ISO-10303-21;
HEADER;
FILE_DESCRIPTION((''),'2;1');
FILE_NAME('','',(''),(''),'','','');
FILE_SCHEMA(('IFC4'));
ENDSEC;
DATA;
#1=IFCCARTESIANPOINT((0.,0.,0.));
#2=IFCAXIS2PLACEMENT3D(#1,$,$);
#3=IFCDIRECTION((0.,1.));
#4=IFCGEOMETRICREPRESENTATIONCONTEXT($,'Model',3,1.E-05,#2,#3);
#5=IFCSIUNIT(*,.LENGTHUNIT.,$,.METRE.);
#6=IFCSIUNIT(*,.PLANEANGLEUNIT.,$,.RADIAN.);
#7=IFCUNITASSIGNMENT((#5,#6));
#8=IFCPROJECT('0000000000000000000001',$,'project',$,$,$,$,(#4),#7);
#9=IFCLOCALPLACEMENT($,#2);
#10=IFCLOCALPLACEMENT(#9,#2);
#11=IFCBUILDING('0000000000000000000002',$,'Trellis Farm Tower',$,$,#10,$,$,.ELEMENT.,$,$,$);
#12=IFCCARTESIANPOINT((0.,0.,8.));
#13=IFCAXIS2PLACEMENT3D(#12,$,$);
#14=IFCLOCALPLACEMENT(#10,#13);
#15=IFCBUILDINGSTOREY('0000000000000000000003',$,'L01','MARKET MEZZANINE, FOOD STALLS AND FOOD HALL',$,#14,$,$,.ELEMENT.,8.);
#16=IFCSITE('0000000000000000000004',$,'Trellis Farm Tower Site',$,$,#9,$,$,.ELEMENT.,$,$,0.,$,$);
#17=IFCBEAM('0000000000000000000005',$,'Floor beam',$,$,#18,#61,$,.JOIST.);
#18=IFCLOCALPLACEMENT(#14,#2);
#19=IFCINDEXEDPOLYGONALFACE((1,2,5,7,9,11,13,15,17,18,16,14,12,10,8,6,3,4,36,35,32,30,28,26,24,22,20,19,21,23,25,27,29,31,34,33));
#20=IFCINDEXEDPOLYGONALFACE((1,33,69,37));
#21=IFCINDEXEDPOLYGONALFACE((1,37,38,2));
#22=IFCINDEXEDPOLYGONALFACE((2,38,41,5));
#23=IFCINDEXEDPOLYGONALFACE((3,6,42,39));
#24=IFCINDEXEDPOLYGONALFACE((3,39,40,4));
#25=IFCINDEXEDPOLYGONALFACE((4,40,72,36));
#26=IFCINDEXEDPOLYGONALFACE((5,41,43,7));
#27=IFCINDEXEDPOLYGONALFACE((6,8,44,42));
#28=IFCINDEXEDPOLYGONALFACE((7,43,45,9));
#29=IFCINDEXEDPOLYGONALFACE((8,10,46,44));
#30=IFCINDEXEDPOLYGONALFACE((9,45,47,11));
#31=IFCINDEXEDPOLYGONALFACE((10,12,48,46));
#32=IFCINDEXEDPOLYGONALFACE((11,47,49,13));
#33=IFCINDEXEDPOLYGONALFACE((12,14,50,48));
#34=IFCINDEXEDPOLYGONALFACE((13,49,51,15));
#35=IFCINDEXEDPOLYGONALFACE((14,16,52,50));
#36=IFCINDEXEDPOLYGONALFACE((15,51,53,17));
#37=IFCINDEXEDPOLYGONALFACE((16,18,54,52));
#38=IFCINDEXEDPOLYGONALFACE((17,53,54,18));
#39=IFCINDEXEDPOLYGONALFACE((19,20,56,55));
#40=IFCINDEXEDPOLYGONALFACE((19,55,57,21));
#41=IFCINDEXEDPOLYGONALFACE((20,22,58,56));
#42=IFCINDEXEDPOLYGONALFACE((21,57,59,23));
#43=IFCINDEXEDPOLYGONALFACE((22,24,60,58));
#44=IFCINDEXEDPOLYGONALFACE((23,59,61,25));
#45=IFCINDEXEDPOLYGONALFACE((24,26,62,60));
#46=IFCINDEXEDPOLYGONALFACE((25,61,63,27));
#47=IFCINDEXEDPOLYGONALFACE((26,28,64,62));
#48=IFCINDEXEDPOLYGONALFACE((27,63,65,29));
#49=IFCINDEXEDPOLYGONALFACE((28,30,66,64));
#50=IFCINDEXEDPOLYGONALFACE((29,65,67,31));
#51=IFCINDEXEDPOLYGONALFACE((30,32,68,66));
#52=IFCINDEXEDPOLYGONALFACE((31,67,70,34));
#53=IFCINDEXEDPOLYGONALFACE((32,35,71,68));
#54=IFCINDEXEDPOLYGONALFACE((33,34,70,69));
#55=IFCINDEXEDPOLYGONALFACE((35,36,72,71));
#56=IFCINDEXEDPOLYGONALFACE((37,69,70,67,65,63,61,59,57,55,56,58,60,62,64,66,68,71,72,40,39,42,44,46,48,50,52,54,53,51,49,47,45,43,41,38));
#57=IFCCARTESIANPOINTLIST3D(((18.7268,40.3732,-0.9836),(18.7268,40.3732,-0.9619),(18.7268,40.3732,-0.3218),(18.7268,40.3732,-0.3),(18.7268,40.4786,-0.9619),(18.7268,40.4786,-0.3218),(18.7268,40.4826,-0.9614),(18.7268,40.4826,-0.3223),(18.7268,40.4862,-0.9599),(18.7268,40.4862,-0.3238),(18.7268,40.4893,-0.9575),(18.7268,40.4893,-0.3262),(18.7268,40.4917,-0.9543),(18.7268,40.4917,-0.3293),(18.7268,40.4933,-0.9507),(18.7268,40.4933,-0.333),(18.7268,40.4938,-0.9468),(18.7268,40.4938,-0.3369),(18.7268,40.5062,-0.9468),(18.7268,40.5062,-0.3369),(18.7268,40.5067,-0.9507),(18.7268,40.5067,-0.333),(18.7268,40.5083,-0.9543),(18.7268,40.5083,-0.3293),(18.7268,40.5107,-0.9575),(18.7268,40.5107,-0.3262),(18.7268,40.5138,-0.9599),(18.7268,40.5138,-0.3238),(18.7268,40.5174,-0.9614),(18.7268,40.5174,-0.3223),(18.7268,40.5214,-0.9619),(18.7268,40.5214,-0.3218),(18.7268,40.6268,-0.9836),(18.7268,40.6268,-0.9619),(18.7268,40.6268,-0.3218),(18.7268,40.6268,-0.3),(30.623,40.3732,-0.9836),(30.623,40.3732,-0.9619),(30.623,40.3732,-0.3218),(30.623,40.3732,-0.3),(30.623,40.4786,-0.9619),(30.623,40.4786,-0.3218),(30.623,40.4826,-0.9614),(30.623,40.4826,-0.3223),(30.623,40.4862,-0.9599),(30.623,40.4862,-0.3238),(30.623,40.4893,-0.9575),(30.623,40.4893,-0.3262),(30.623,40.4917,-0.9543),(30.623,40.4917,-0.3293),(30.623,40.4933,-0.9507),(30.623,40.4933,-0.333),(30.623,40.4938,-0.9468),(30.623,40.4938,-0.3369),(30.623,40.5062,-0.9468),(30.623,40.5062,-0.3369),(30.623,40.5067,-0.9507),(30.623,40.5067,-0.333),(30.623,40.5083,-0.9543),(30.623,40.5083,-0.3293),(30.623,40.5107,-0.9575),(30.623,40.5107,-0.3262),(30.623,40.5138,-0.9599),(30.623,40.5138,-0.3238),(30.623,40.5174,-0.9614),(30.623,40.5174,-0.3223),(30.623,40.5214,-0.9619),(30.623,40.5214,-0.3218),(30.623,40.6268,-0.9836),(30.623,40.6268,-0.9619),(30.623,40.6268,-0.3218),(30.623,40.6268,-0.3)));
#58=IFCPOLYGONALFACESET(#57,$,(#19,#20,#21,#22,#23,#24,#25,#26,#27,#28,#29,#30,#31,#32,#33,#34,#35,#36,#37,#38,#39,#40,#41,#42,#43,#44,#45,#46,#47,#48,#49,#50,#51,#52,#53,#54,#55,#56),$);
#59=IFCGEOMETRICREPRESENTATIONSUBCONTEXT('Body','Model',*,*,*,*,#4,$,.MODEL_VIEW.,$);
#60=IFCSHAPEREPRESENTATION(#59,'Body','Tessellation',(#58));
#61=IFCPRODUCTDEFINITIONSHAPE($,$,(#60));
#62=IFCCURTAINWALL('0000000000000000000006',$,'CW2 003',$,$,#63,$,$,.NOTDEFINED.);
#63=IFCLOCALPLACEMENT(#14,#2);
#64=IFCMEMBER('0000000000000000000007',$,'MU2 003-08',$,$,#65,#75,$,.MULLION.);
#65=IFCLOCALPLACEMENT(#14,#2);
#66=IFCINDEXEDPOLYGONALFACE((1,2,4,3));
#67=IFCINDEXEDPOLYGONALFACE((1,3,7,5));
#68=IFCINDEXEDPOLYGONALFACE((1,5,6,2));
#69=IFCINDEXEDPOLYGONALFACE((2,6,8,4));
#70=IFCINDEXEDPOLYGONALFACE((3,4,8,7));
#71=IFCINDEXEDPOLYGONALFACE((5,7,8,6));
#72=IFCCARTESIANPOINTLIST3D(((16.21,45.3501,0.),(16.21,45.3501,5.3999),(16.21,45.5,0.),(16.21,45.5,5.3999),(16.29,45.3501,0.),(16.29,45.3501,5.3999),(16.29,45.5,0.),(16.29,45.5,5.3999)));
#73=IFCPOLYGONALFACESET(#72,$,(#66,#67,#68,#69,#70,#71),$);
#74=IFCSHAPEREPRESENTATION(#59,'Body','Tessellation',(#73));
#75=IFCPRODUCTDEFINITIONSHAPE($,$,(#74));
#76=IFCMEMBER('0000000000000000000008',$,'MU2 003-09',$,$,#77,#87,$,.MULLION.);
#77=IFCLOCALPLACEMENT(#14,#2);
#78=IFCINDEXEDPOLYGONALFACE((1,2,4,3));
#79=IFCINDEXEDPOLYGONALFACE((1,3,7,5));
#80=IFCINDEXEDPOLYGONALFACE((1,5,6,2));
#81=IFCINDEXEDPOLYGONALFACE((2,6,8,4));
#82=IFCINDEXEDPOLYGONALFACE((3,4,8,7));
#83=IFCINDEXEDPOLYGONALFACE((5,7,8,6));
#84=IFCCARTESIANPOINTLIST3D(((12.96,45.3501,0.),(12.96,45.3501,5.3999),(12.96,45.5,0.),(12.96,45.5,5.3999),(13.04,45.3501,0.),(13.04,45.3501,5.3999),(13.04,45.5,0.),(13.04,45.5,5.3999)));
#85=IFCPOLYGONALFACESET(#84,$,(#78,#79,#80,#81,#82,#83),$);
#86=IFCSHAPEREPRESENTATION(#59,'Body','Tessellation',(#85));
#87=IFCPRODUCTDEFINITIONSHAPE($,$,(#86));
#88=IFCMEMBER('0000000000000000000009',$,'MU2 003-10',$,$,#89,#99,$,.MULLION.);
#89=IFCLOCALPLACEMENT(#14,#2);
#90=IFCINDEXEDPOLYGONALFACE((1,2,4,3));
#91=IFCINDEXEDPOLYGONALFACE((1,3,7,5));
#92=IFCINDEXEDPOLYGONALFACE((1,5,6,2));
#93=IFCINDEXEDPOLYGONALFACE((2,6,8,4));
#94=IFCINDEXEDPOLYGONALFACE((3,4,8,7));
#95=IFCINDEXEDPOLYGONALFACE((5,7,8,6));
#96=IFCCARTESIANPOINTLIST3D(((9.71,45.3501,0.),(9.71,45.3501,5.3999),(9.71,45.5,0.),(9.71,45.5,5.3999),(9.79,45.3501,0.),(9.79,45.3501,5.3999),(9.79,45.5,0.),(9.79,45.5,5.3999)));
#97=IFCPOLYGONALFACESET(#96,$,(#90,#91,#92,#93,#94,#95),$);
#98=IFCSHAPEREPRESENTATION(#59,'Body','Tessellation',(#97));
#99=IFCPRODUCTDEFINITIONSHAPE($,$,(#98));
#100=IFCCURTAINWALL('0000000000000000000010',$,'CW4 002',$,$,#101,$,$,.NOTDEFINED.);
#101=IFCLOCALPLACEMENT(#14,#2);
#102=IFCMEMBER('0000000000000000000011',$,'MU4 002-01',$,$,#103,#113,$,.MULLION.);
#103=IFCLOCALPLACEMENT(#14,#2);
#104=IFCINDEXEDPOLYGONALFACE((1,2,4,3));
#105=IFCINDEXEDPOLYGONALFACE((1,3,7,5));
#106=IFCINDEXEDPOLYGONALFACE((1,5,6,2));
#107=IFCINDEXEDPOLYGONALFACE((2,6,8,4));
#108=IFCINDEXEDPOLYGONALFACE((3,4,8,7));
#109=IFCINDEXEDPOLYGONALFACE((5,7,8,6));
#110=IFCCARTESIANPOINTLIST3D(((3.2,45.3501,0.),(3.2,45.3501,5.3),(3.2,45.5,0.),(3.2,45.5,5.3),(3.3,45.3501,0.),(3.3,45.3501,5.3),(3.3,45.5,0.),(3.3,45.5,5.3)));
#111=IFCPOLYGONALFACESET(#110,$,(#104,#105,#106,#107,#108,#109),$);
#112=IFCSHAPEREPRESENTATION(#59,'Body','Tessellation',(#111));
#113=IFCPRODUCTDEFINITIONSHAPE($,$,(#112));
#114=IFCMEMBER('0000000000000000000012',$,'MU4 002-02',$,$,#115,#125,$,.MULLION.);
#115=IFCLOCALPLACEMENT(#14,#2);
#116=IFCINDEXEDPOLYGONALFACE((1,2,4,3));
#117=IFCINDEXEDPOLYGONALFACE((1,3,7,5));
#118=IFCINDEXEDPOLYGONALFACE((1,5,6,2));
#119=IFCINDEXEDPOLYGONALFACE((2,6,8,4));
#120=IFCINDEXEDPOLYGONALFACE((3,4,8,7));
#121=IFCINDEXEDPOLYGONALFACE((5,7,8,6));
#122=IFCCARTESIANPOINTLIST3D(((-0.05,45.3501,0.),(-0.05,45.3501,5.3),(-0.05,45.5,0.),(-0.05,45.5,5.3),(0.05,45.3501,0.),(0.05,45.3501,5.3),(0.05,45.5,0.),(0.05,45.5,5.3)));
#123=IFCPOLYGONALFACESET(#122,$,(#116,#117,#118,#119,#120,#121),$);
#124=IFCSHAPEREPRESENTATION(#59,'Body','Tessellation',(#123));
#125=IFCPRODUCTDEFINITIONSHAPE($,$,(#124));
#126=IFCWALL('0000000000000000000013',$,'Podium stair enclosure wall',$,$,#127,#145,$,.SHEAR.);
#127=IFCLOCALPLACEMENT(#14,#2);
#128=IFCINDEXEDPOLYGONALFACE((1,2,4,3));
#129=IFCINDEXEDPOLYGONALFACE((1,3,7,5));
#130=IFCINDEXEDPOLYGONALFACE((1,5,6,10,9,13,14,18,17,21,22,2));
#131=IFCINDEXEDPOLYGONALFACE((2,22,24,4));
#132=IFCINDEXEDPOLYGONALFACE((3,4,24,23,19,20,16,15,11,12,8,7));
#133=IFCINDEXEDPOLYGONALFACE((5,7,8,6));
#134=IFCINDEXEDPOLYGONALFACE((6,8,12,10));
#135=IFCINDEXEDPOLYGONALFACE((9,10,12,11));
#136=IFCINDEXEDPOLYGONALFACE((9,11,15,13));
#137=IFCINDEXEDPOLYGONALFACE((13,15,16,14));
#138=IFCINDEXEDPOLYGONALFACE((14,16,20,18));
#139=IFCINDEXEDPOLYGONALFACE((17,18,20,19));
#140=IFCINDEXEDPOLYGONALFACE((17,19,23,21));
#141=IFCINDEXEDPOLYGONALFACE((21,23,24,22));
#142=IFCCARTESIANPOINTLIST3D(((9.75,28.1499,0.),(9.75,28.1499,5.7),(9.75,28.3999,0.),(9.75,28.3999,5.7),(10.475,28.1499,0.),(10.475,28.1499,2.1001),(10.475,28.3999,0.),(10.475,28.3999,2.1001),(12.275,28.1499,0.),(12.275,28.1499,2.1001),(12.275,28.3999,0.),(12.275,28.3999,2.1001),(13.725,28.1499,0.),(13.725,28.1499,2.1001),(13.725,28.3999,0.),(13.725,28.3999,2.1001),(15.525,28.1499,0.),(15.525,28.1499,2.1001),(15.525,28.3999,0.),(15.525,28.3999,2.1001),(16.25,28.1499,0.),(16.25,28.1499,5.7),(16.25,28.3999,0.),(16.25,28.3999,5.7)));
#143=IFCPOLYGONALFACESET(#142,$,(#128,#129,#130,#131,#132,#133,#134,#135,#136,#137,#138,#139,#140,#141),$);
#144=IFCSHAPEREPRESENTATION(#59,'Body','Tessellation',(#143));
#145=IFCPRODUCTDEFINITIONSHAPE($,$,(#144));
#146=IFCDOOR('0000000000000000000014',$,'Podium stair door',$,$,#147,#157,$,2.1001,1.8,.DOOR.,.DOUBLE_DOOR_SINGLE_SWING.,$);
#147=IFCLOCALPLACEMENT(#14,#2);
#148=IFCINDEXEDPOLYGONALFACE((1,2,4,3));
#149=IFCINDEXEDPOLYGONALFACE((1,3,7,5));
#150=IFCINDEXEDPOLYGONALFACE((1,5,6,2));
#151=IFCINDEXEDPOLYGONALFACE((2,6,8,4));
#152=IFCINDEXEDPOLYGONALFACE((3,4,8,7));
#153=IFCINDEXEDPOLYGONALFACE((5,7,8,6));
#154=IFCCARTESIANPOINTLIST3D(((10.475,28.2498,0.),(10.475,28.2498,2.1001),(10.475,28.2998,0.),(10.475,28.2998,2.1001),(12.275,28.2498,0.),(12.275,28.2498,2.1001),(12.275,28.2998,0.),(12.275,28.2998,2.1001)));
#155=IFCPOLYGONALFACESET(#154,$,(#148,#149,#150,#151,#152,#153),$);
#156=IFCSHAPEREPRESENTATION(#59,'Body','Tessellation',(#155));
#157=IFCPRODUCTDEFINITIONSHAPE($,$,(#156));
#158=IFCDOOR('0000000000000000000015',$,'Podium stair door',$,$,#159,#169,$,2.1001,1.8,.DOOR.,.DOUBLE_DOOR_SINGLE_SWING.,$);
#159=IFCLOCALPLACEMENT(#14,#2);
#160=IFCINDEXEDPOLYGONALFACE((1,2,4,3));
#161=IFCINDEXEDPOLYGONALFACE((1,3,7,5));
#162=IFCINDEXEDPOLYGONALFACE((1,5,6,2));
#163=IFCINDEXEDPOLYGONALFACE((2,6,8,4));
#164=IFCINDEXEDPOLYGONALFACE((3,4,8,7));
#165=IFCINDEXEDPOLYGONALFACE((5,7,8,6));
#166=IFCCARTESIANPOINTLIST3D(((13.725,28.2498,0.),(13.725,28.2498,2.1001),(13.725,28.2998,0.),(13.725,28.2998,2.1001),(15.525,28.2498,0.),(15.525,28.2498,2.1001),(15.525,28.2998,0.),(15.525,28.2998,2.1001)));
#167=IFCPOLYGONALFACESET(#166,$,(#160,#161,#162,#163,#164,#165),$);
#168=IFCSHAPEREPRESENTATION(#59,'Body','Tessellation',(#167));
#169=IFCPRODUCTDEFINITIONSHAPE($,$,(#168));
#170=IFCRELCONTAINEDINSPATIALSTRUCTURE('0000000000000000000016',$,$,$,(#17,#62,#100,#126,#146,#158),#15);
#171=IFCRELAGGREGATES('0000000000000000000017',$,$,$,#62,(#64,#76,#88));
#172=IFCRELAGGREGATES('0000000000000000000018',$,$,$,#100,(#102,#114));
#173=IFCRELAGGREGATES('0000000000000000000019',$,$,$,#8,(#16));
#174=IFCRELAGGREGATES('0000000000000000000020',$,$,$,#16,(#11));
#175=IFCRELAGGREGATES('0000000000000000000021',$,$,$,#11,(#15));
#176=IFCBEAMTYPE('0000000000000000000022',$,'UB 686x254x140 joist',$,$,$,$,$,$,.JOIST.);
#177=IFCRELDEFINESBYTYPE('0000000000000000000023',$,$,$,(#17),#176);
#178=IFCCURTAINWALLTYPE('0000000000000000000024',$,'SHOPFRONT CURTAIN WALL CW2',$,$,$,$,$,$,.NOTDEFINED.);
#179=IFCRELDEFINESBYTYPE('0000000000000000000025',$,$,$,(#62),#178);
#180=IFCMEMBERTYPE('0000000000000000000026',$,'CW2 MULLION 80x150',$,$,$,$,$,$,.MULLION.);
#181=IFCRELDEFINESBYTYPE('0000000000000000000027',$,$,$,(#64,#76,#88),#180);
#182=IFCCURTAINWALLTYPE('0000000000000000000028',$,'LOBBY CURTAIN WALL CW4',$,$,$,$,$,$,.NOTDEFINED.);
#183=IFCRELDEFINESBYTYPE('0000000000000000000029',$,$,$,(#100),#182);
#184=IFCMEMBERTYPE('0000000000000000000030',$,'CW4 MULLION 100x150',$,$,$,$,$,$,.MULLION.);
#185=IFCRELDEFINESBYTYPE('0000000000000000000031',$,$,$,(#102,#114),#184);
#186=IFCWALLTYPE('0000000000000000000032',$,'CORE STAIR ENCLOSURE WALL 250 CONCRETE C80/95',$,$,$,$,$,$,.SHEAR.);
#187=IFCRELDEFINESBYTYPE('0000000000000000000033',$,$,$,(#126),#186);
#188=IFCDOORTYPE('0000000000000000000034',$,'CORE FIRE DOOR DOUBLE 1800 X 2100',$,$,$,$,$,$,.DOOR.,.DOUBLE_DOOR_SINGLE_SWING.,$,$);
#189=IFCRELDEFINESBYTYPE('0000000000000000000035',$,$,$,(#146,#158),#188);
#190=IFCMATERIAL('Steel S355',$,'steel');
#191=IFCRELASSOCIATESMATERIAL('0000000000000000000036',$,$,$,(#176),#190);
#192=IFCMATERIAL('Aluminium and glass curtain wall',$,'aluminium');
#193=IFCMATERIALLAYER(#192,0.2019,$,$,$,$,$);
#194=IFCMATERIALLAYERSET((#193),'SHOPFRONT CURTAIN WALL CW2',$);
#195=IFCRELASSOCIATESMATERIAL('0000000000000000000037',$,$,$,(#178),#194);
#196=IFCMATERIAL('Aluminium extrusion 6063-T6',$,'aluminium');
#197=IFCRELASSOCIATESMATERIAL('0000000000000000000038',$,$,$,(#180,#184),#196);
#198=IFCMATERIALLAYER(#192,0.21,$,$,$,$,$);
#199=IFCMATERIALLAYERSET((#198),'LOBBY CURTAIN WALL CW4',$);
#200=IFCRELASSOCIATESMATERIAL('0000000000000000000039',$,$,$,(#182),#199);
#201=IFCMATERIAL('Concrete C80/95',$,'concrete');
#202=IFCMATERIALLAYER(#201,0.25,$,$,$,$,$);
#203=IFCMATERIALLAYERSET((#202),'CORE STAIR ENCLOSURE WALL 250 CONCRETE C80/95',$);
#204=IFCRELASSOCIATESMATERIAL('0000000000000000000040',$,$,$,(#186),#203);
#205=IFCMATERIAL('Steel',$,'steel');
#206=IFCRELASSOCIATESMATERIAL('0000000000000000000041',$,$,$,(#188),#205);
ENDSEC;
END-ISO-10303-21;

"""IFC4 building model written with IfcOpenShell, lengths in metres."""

from ifc_helpers import new_model, si_unit, direction, frame, frame_2d, origin, origin_2d, place, context, subcontext, project, spatial, rectangle, i_section, extrude, source, transform, mapped, material, layer, layer_set, material_profile, profile_set, type_object, element, fill, aggregate, save


model = new_model("IFC4")

# Units and contexts
model_context = context("Model", 3, precision=1e-05, world=origin(), true_north=direction((0.0, 1.0)))
body_context = subcontext(model_context, "Body", "Model", "MODEL_VIEW")
ifc_project = project(units=[si_unit("LENGTHUNIT", "METRE"), si_unit("PLANEANGLEUNIT", "RADIAN")], contexts=[model_context])

# Site, building, storey
site_placement = place(None, origin())
site = spatial("IfcSite", under=ifc_project, at=site_placement, Name="Trellis Farm Tower Site", CompositionType="ELEMENT", RefElevation=0.0)
building_placement = place(site_placement, origin())
building = spatial("IfcBuilding", under=site, at=building_placement, Name="Trellis Farm Tower", CompositionType="ELEMENT")
storey_placement = place(building_placement, frame((0.0, 0.0, 8.0)))
storey = spatial("IfcBuildingStorey", under=building, at=storey_placement, Name="L01", Description="MARKET MEZZANINE, FOOD STALLS AND FOOD HALL", CompositionType="ELEMENT", Elevation=8.0)

# Shared definitions
ifc_material_1 = material(Name="Concrete C80/95", Category="concrete")

# Beam
ifc_material_2 = material(Name="Steel S355", Category="steel")
ifc_material_profile_1 = material_profile(ifc_material_2, i_section(OverallWidth=0.2537, OverallDepth=0.6836, WebThickness=0.0125, FlangeThickness=0.0217, FilletRadius=0.0151, at=origin_2d()), Name="UB 686x254x140")
ifc_profile_set_1 = profile_set([ifc_material_profile_1], Name="Steel S355")
beam_type_1 = type_object("IfcBeamType", Name="UB 686x254x140 joist", PredefinedType="JOIST", material=ifc_profile_set_1)
shared_shape_1 = source(origin(), body_context, "Body", "SweptSolid", [
    extrude(i_section(OverallWidth=0.2537, OverallDepth=0.6836, WebThickness=0.0125, FlangeThickness=0.0217, FilletRadius=0.0151, at=origin_2d()), origin(), (0.0, 0.0, 1.0), 11.8962),
])
for number, where, z_axis, x_axis, name in (
    (1, (18.7268, 40.5, -0.6418), (1.0, 0.0, 0.0), (0.0, 1.0, 0.0), "Floor beam"),
):
    element("IfcBeam", number, at=place(storey_placement, frame(where, z_axis=z_axis, x_axis=x_axis)), inside=storey, type_object=beam_type_1, Name=name, PredefinedType="JOIST", context=body_context, shape_type="MappedRepresentation", body=[
        mapped(shared_shape_1, transform((0.0, 0.0, 0.0))),
    ])

# Curtain walls, members
ifc_material_3 = material(Name="Aluminium and glass curtain wall", Category="aluminium")
ifc_layer_1 = layer(ifc_material_3, 0.2019)
ifc_layer_set_1 = layer_set([ifc_layer_1], Name="SHOPFRONT CURTAIN WALL CW2")
curtain_wall_type_1 = type_object("IfcCurtainWallType", Name="SHOPFRONT CURTAIN WALL CW2", PredefinedType="NOTDEFINED", material=ifc_layer_set_1)
placement = place(storey_placement, origin())
curtain_wall_1 = element("IfcCurtainWall", 2, at=placement, inside=storey, type_object=curtain_wall_type_1, Name="CW2 003", PredefinedType="NOTDEFINED")
ifc_material_4 = material(Name="Aluminium extrusion 6063-T6", Category="aluminium")
ifc_material_profile_2 = material_profile(ifc_material_4, rectangle(XDim=0.0801, YDim=0.1499, at=origin_2d()), Name="MULLION 80x150")
ifc_profile_set_2 = profile_set([ifc_material_profile_2], Name="Aluminium extrusion 6063-T6")
member_type_1 = type_object("IfcMemberType", Name="CW2 MULLION 80x150", PredefinedType="MULLION", material=ifc_profile_set_2)
shared_shape_2 = source(origin(), body_context, "Body", "SweptSolid", [
    extrude(rectangle(XDim=0.0801, YDim=0.1499, at=origin_2d()), origin(), (0.0, 0.0, 1.0), 5.3999),
])
member_1_placement = place(storey_placement, frame((16.25, 45.425, 0.0), z_axis=(0.0, 0.0, 1.0), x_axis=(-1.0, 0.0, 0.0)))
member_1 = element("IfcMember", 3, at=member_1_placement, type_object=member_type_1, Name="MU2 003-08", PredefinedType="MULLION", context=body_context, shape_type="MappedRepresentation", body=[
    mapped(shared_shape_2, transform((0.0, 0.0, 0.0))),
])
member_2_placement = place(storey_placement, frame((13.0, 45.425, 0.0), z_axis=(0.0, 0.0, 1.0), x_axis=(-1.0, 0.0, 0.0)))
member_2 = element("IfcMember", 4, at=member_2_placement, type_object=member_type_1, Name="MU2 003-09", PredefinedType="MULLION", context=body_context, shape_type="MappedRepresentation", body=[
    mapped(shared_shape_2, transform((0.0, 0.0, 0.0))),
])
member_3_placement = place(storey_placement, frame((9.75, 45.425, 0.0), z_axis=(0.0, 0.0, 1.0), x_axis=(-1.0, 0.0, 0.0)))
member_3 = element("IfcMember", 5, at=member_3_placement, type_object=member_type_1, Name="MU2 003-10", PredefinedType="MULLION", context=body_context, shape_type="MappedRepresentation", body=[
    mapped(shared_shape_2, transform((0.0, 0.0, 0.0))),
])
aggregate(curtain_wall_1, [member_1, member_2, member_3])
ifc_layer_2 = layer(ifc_material_3, 0.21)
ifc_layer_set_2 = layer_set([ifc_layer_2], Name="LOBBY CURTAIN WALL CW4")
curtain_wall_type_2 = type_object("IfcCurtainWallType", Name="LOBBY CURTAIN WALL CW4", PredefinedType="NOTDEFINED", material=ifc_layer_set_2)
curtain_wall_2 = element("IfcCurtainWall", 6, at=placement, inside=storey, type_object=curtain_wall_type_2, Name="CW4 002", PredefinedType="NOTDEFINED")
ifc_material_profile_3 = material_profile(ifc_material_4, rectangle(XDim=0.1001, YDim=0.1499, at=origin_2d()), Name="MULLION 100x150")
ifc_profile_set_3 = profile_set([ifc_material_profile_3], Name="Aluminium extrusion 6063-T6")
member_type_2 = type_object("IfcMemberType", Name="CW4 MULLION 100x150", PredefinedType="MULLION", material=ifc_profile_set_3)
shared_shape_3 = source(origin(), body_context, "Body", "SweptSolid", [
    extrude(rectangle(XDim=0.1001, YDim=0.1499, at=origin_2d()), origin(), (0.0, 0.0, 1.0), 5.3),
])
member_4_placement = place(storey_placement, frame((3.25, 45.425, 0.0), z_axis=(0.0, 0.0, 1.0), x_axis=(-1.0, 0.0, 0.0)))
member_4 = element("IfcMember", 7, at=member_4_placement, type_object=member_type_2, Name="MU4 002-01", PredefinedType="MULLION", context=body_context, shape_type="MappedRepresentation", body=[
    mapped(shared_shape_3, transform((0.0, 0.0, 0.0))),
])
member_5_placement = place(storey_placement, frame((0.0, 45.425, 0.0), z_axis=(0.0, 0.0, 1.0), x_axis=(-1.0, 0.0, 0.0)))
member_5 = element("IfcMember", 8, at=member_5_placement, type_object=member_type_2, Name="MU4 002-02", PredefinedType="MULLION", context=body_context, shape_type="MappedRepresentation", body=[
    mapped(shared_shape_3, transform((0.0, 0.0, 0.0))),
])
aggregate(curtain_wall_2, [member_4, member_5])

# Wall, openings, doors
ifc_layer_3 = layer(ifc_material_1, 0.25)
ifc_layer_set_3 = layer_set([ifc_layer_3], Name="CORE STAIR ENCLOSURE WALL 250 CONCRETE C80/95")
wall_type_1 = type_object("IfcWallType", Name="CORE STAIR ENCLOSURE WALL 250 CONCRETE C80/95", PredefinedType="SHEAR", material=ifc_layer_set_3)
shared_shape_4 = source(origin(), body_context, "Body", "SweptSolid", [
    extrude(rectangle(XDim=6.5, YDim=0.25, at=frame_2d((3.25, 0.0))), origin(), (0.0, 0.0, 1.0), 5.7),
])
wall_1_placement = place(storey_placement, frame((9.75, 28.2749, 0.0), z_axis=(0.0, 0.0, 1.0), x_axis=(1.0, 0.0, 0.0)))
wall_1 = element("IfcWall", 9, at=wall_1_placement, inside=storey, type_object=wall_type_1, Name="Podium stair enclosure wall", PredefinedType="SHEAR", context=body_context, shape_type="MappedRepresentation", body=[
    mapped(shared_shape_4, transform((0.0, 0.0, 0.0))),
])
shared_shape_5 = source(origin(), body_context, "Body", "SweptSolid", [
    extrude(rectangle(XDim=1.8, YDim=2.1001, at=frame_2d((0.8999, 1.05))), frame((0.0, 0.135, 0.0), z_axis=(0.0, -1.0, 0.0), x_axis=(1.0, 0.0, 0.0)), (0.0, 0.0, 1.0), 0.27),
])
opening_1_placement = place(wall_1_placement, frame((0.7251, 0.0, 0.0)))
opening_1 = element("IfcOpeningElement", 10, at=opening_1_placement, cuts=wall_1, PredefinedType="OPENING", context=body_context, shape_type="MappedRepresentation", body=[
    mapped(shared_shape_5, transform((0.0, 0.0, 0.0))),
])
opening_2_placement = place(wall_1_placement, frame((3.9751, 0.0, 0.0)))
opening_2 = element("IfcOpeningElement", 11, at=opening_2_placement, cuts=wall_1, PredefinedType="OPENING", context=body_context, shape_type="MappedRepresentation", body=[
    mapped(shared_shape_5, transform((0.0, 0.0, 0.0))),
])
ifc_material_5 = material(Name="Steel", Category="steel")
door_type_1 = type_object("IfcDoorType", Name="CORE FIRE DOOR DOUBLE 1800 X 2100", OperationType="DOUBLE_DOOR_SINGLE_SWING", PredefinedType="DOOR", material=ifc_material_5)
shared_shape_6 = source(origin(), body_context, "Body", "SweptSolid", [
    extrude(rectangle(XDim=1.8, YDim=2.1001, at=frame_2d((0.8999, 1.05))), frame((0.0, 0.0249, 0.0), z_axis=(0.0, -1.0, 0.0), x_axis=(1.0, 0.0, 0.0)), (0.0, 0.0, 1.0), 0.05),
])
door_1_placement = place(opening_1_placement, origin())
door_1 = element("IfcDoor", 12, at=door_1_placement, inside=storey, type_object=door_type_1, Name="Podium stair door", OperationType="DOUBLE_DOOR_SINGLE_SWING", OverallHeight=2.1001, OverallWidth=1.8, PredefinedType="DOOR", context=body_context, shape_type="MappedRepresentation", body=[
    mapped(shared_shape_6, transform((0.0, 0.0, 0.0))),
])
fill(opening_1, door_1)
door_2_placement = place(opening_2_placement, origin())
door_2 = element("IfcDoor", 13, at=door_2_placement, inside=storey, type_object=door_type_1, Name="Podium stair door", OperationType="DOUBLE_DOOR_SINGLE_SWING", OverallHeight=2.1001, OverallWidth=1.8, PredefinedType="DOOR", context=body_context, shape_type="MappedRepresentation", body=[
    mapped(shared_shape_6, transform((0.0, 0.0, 0.0))),
])
fill(opening_2, door_2)

save(model, "model.ifc")
